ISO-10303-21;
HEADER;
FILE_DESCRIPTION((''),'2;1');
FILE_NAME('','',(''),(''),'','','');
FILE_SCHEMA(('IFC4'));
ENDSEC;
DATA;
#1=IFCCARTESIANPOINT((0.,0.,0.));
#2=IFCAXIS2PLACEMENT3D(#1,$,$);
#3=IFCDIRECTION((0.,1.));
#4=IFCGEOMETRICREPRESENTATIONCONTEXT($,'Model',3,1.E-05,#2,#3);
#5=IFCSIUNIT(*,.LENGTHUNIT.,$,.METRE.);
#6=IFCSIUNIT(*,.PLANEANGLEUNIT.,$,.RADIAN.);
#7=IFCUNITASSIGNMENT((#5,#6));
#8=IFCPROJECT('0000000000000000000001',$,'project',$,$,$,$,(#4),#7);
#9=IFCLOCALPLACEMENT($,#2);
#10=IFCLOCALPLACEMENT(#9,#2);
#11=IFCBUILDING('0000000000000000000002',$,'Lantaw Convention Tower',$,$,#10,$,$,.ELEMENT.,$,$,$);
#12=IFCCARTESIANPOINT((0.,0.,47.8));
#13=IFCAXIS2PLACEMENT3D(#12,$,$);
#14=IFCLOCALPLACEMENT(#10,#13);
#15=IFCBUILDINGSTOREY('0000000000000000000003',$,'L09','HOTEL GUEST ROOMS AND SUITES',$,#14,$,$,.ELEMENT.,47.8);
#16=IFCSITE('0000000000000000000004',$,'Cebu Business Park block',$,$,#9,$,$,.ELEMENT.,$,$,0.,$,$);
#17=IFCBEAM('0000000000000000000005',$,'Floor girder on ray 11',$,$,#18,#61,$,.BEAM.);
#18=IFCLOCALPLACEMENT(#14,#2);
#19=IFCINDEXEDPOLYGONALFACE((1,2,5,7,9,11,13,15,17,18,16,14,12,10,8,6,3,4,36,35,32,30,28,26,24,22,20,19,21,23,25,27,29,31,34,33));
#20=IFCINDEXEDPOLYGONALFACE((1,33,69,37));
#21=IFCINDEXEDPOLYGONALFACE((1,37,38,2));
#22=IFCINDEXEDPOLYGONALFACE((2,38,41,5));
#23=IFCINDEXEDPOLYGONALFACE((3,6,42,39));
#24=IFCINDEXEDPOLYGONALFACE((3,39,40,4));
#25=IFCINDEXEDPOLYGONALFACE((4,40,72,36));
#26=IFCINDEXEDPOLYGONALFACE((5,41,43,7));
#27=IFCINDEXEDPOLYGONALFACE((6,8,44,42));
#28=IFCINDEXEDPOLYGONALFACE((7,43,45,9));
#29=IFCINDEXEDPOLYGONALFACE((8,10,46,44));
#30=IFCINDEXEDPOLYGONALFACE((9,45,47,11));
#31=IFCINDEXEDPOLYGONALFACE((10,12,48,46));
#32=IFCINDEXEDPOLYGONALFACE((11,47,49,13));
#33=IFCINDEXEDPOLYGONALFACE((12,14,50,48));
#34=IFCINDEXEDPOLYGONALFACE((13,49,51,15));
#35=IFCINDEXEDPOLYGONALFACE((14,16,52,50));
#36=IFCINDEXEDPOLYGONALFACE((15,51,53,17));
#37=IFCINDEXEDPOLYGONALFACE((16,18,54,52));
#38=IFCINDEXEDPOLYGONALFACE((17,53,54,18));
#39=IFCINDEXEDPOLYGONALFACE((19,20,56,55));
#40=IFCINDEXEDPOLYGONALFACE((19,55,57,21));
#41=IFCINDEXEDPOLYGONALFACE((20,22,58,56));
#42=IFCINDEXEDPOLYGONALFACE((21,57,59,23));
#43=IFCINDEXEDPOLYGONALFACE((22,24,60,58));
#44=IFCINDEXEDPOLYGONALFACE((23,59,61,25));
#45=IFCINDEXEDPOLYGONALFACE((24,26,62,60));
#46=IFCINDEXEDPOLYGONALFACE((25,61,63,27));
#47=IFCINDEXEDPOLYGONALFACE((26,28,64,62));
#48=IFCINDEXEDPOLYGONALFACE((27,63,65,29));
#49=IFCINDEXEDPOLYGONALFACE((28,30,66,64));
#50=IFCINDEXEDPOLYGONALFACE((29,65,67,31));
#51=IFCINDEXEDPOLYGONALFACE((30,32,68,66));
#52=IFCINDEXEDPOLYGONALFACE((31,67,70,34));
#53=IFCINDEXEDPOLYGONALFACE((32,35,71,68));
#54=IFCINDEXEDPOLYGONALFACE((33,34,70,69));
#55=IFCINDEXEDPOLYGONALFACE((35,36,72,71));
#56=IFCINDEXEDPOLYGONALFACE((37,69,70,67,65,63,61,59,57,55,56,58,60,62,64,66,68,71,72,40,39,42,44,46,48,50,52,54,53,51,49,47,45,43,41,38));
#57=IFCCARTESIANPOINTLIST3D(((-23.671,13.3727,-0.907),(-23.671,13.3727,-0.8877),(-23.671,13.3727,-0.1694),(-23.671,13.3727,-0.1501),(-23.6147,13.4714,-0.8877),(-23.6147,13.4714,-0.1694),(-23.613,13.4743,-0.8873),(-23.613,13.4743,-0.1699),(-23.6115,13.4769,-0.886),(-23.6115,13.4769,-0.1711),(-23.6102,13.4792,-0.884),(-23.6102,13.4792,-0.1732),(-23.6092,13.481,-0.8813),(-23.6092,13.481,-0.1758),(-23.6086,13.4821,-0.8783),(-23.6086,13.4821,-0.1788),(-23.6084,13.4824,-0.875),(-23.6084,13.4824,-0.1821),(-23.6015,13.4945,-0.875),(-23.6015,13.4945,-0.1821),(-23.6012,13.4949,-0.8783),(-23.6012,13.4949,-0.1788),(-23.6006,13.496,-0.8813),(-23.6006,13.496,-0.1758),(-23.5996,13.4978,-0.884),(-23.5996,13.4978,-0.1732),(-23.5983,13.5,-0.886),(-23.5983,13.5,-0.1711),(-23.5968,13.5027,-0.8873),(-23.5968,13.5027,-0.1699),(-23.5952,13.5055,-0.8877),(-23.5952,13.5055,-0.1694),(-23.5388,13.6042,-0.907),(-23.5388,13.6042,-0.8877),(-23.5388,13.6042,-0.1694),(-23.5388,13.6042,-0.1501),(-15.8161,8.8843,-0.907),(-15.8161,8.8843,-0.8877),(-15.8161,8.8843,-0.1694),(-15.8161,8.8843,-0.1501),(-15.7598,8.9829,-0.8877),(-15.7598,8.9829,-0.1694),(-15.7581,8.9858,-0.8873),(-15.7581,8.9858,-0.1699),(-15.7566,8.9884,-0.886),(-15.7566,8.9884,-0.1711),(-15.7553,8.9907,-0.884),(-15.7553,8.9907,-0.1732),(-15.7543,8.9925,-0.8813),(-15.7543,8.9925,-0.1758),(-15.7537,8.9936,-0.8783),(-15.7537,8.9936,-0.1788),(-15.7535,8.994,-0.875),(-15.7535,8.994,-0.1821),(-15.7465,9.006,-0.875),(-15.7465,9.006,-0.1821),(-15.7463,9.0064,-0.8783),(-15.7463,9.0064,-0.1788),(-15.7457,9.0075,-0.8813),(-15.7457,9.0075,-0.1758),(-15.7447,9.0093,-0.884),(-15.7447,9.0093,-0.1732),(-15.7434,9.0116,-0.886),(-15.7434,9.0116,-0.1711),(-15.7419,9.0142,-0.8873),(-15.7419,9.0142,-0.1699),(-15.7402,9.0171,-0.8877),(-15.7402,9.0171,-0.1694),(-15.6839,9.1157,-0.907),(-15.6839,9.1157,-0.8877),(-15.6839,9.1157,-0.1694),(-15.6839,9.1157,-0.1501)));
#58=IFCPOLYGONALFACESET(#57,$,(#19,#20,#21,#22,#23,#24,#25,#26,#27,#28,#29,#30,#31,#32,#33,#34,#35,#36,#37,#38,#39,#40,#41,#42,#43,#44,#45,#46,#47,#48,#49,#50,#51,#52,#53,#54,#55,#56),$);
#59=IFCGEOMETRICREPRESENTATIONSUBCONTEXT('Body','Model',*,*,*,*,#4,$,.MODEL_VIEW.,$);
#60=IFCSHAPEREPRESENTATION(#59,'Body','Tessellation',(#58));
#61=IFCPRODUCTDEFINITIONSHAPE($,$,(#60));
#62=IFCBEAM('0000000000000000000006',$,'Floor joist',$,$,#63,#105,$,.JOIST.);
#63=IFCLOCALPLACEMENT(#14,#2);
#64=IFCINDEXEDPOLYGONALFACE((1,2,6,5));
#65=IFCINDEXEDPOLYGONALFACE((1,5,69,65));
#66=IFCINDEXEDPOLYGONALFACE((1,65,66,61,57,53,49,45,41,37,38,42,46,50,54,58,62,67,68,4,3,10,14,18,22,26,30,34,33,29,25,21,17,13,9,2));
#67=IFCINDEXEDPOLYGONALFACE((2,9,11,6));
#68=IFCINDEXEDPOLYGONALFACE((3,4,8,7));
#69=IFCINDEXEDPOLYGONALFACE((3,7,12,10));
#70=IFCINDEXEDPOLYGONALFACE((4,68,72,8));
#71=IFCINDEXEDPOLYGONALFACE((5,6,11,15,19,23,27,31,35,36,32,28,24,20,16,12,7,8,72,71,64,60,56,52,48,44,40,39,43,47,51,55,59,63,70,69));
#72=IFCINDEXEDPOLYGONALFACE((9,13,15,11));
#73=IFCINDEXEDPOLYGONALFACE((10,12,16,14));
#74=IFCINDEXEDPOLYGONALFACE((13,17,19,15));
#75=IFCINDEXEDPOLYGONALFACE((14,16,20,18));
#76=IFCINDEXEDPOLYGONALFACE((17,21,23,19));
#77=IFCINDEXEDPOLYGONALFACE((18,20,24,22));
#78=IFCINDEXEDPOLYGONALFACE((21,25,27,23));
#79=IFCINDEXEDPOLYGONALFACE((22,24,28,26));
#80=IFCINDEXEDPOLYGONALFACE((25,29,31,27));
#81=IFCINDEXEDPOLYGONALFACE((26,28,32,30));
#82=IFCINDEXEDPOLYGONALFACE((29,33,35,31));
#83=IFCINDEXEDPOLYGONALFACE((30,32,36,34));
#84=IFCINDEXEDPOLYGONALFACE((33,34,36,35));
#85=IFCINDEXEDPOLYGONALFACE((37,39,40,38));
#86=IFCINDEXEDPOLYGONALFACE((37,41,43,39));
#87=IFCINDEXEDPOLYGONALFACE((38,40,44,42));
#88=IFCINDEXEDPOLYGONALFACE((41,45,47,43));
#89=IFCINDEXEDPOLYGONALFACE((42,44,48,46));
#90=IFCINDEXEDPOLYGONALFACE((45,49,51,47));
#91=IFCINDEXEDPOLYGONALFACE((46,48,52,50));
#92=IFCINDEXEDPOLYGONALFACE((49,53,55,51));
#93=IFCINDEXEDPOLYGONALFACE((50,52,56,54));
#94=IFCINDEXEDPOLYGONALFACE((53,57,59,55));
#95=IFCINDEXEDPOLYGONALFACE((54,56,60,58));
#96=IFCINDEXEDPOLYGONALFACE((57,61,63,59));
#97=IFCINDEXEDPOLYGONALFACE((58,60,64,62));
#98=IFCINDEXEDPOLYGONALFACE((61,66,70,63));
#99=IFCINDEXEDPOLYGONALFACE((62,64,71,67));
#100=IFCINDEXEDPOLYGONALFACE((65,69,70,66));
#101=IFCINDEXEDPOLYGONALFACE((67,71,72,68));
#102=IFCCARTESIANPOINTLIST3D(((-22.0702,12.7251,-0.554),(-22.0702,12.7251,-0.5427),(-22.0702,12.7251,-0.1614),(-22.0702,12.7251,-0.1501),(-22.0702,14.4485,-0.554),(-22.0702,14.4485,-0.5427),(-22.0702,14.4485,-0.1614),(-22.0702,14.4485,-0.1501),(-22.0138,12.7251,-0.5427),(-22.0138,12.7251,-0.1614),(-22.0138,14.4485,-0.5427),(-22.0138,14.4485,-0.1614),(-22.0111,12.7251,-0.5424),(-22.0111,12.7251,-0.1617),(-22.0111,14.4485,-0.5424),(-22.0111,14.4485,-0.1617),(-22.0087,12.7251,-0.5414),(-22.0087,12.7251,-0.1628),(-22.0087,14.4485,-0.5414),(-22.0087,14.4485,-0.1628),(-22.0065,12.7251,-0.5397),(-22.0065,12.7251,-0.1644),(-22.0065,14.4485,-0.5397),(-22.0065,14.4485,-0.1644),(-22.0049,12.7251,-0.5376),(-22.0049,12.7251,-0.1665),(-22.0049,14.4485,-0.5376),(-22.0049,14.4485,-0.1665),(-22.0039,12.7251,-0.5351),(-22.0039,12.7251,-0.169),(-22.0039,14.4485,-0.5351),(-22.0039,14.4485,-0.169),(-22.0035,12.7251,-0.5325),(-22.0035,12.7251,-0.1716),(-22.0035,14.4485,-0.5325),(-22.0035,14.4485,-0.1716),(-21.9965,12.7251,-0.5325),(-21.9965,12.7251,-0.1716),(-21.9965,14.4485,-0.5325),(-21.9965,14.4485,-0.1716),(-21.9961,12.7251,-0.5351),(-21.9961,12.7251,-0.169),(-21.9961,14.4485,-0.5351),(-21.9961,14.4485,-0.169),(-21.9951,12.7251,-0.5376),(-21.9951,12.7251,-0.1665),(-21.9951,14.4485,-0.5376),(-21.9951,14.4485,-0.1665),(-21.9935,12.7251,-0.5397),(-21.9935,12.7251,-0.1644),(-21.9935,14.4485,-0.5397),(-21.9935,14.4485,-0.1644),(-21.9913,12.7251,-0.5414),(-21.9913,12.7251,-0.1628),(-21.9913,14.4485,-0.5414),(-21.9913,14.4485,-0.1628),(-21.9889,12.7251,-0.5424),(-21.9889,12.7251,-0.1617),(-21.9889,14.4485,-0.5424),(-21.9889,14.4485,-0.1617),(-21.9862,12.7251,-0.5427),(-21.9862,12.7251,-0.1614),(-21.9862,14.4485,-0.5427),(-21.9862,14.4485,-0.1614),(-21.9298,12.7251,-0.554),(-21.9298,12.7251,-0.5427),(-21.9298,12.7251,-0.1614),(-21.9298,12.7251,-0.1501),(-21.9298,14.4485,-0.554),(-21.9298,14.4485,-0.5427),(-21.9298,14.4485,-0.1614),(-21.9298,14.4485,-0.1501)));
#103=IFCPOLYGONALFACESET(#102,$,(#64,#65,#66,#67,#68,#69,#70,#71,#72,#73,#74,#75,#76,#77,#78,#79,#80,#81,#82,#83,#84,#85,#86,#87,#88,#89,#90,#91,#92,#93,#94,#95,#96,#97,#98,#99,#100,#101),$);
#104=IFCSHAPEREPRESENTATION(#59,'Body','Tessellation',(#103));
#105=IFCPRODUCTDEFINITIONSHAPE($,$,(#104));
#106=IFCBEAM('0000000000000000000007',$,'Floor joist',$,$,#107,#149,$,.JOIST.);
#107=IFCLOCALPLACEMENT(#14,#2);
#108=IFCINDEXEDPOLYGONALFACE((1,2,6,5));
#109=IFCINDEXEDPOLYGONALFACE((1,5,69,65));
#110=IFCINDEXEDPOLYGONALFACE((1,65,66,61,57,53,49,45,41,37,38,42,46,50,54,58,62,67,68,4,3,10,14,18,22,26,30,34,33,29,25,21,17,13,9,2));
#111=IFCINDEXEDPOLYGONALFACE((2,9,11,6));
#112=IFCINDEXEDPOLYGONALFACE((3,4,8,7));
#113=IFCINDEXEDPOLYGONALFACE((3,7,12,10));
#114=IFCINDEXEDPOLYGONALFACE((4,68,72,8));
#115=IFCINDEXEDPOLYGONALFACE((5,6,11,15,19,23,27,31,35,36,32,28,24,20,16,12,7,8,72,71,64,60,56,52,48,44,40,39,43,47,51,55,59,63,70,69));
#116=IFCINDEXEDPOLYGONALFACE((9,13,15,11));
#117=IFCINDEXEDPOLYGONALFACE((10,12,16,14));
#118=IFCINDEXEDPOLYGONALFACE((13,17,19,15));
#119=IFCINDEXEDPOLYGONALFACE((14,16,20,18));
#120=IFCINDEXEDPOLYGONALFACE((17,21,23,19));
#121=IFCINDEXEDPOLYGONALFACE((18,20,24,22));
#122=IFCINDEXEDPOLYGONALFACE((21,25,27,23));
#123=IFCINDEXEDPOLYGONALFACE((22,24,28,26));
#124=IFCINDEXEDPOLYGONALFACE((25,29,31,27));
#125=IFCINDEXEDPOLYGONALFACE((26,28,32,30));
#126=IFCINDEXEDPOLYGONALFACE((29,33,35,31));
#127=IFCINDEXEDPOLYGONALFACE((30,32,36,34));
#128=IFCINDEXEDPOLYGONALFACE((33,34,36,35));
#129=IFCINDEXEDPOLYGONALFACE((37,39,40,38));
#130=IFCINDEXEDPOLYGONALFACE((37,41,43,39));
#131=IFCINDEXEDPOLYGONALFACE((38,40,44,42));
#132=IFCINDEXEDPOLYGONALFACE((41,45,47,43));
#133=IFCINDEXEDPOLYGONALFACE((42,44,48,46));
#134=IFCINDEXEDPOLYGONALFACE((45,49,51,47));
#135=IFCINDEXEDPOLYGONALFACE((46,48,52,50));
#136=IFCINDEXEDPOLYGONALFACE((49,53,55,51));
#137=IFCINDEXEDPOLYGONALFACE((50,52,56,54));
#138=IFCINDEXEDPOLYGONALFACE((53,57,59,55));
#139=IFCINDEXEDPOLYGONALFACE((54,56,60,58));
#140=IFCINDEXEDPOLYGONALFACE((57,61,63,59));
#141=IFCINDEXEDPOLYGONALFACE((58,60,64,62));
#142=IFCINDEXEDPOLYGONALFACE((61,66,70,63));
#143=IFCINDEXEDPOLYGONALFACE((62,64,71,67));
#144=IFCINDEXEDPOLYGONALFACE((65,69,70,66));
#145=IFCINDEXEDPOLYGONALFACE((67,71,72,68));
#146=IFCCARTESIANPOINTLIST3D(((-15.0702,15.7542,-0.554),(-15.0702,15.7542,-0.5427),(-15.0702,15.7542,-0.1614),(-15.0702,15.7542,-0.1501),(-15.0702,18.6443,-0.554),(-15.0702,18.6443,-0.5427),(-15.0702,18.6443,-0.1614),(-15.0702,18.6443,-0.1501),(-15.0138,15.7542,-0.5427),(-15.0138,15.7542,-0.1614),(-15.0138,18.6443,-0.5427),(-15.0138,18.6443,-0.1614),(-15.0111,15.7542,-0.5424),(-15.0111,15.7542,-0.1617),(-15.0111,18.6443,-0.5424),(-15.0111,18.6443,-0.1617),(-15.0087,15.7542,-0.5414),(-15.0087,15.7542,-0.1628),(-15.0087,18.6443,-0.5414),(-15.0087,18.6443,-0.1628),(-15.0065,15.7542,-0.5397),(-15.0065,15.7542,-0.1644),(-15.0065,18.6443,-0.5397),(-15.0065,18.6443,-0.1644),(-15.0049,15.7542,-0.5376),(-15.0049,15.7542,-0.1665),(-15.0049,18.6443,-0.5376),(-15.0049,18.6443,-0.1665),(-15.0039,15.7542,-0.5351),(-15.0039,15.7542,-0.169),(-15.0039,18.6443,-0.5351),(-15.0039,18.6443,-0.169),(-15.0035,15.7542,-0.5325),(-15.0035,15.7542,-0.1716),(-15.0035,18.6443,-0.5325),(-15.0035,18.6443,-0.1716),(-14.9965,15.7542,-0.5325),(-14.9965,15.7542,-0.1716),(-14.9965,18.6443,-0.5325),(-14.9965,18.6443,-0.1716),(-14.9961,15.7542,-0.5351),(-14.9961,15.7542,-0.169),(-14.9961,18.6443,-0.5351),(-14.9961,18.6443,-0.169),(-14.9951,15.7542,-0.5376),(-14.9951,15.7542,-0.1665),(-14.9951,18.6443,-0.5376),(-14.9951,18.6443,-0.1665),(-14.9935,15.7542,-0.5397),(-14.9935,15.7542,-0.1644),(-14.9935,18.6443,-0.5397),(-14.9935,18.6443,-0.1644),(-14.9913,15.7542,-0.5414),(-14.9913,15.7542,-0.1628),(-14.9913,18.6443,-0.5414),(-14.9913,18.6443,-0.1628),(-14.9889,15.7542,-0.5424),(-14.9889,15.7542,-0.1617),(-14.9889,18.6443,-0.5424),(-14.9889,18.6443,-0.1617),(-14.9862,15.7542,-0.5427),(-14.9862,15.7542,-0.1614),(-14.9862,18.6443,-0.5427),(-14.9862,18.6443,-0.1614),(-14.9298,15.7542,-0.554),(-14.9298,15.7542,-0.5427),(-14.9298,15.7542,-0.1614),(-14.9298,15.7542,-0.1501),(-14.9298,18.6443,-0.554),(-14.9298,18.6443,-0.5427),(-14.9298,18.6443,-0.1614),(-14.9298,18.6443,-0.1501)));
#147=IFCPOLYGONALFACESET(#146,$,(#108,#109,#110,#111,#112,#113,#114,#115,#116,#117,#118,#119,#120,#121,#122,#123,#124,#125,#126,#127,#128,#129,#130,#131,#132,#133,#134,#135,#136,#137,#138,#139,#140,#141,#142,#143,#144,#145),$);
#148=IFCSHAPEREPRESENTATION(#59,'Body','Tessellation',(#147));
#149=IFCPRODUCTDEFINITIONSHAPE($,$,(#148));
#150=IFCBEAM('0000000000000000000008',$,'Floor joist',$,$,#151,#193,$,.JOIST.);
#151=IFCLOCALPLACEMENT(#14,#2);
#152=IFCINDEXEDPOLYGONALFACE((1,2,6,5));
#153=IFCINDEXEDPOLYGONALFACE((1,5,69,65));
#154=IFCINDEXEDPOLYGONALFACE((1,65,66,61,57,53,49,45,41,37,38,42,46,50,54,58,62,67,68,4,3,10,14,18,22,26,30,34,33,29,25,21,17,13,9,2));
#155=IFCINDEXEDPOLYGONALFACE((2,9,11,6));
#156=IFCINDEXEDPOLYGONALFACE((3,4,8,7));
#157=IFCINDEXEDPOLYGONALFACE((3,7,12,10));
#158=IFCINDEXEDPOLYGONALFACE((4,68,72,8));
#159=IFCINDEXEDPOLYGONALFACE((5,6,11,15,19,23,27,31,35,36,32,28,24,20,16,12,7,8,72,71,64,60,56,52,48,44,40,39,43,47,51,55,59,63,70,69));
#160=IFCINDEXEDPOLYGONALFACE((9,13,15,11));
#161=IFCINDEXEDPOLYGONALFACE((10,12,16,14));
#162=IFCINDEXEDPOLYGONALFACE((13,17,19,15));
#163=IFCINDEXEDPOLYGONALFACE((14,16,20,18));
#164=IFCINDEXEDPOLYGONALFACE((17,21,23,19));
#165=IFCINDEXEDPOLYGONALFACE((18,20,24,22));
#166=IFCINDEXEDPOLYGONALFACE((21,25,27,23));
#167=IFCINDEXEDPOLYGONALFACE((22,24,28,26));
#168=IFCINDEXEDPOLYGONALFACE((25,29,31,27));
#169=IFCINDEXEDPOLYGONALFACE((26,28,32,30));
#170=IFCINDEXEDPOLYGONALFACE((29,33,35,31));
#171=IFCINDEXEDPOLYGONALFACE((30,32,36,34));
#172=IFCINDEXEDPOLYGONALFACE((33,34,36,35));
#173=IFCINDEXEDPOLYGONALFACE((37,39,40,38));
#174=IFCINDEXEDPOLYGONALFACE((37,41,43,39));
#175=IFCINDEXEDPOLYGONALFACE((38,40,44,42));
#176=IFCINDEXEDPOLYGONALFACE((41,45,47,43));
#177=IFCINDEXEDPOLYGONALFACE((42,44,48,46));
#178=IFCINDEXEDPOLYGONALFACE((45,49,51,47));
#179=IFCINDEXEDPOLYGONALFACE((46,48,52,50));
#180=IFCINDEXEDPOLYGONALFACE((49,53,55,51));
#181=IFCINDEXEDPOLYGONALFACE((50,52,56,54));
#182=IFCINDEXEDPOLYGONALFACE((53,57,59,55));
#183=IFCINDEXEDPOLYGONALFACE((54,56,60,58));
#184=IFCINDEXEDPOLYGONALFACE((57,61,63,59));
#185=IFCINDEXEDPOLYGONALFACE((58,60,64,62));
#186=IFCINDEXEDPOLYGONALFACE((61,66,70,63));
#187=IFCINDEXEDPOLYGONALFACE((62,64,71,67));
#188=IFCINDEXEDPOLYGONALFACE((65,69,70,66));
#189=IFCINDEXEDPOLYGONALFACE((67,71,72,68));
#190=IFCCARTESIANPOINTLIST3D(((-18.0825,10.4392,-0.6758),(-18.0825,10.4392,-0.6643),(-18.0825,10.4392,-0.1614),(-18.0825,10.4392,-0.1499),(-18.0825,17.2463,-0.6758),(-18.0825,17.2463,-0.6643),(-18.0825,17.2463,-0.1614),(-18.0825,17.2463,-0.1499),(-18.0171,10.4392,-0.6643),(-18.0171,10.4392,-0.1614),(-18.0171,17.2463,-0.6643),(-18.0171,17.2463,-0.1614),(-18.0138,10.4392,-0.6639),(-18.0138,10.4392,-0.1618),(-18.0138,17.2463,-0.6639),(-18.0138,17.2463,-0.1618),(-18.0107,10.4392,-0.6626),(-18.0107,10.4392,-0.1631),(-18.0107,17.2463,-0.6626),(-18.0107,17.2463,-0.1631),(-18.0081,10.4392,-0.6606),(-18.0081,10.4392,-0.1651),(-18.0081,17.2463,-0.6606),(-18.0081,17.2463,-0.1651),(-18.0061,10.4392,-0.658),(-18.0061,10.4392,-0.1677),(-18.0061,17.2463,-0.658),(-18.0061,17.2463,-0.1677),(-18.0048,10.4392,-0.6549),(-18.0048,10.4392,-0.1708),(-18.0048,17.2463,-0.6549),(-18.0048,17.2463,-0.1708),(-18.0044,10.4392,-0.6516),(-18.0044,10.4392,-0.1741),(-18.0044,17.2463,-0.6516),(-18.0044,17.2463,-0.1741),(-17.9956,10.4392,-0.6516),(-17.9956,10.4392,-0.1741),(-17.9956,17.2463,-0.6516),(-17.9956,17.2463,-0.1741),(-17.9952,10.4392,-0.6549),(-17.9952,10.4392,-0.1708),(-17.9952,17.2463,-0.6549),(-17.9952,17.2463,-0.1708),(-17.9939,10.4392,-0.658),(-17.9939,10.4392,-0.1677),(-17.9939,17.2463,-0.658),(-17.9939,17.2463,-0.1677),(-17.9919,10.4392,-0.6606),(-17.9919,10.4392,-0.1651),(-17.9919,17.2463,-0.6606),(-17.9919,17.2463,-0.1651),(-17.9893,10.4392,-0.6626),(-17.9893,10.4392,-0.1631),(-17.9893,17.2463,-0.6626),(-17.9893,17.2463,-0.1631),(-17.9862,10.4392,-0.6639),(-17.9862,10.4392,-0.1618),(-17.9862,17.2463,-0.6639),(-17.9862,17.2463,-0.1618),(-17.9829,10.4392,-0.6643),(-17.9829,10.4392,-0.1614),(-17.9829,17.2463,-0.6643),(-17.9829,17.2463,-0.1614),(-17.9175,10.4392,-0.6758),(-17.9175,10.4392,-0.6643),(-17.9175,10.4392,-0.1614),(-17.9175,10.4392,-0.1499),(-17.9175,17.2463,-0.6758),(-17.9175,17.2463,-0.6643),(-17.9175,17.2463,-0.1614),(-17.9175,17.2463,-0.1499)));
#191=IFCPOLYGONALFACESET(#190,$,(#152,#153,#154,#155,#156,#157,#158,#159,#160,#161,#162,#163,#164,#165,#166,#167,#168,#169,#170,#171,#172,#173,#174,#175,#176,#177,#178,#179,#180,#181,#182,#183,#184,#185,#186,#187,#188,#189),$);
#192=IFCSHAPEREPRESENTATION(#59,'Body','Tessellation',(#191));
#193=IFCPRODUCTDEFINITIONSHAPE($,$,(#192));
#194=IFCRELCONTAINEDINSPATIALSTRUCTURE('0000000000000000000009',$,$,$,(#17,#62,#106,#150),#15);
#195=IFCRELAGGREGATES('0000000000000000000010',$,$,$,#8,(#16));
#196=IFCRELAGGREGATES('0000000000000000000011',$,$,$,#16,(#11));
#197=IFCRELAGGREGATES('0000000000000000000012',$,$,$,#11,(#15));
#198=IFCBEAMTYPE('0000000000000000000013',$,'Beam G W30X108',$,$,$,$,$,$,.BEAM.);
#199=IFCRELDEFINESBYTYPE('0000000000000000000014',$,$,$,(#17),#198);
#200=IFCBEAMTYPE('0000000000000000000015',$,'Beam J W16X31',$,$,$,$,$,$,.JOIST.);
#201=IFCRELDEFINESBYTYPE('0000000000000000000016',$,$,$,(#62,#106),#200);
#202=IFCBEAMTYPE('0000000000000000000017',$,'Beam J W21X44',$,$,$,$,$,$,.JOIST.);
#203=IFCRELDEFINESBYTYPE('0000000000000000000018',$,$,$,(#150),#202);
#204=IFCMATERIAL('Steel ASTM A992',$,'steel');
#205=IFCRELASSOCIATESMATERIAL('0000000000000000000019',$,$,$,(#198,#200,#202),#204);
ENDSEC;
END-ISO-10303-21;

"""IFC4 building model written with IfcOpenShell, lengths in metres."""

from ifc_helpers import new_model, si_unit, direction, frame, origin, origin_2d, place, context, subcontext, project, spatial, i_section, extrude, material, material_profile, profile_set, type_object, element, save


model = new_model("IFC4")

# Units and contexts
model_context = context("Model", 3, precision=1e-05, world=origin(), true_north=direction((0.0, 1.0)))
body_context = subcontext(model_context, "Body", "Model", "MODEL_VIEW")
ifc_project = project(units=[si_unit("LENGTHUNIT", "METRE"), si_unit("PLANEANGLEUNIT", "RADIAN")], contexts=[model_context])

# Site, building, storey
site_placement = place(None, origin())
site = spatial("IfcSite", under=ifc_project, at=site_placement, Name="Cebu Business Park block", CompositionType="ELEMENT", RefElevation=0.0)
building_placement = place(site_placement, origin())
building = spatial("IfcBuilding", under=site, at=building_placement, Name="Lantaw Convention Tower", CompositionType="ELEMENT")
storey_placement = place(building_placement, frame((0.0, 0.0, 47.8)))
storey = spatial("IfcBuildingStorey", under=building, at=storey_placement, Name="L09", Description="HOTEL GUEST ROOMS AND SUITES", CompositionType="ELEMENT", Elevation=47.8)

# Beams
ifc_material_1 = material(Name="Steel ASTM A992", Category="steel")
ifc_material_profile_1 = material_profile(ifc_material_1, i_section(OverallWidth=0.2666, OverallDepth=0.7568, WebThickness=0.0139, FlangeThickness=0.0193, FilletRadius=0.0127, at=origin_2d()), Name="W30X108")
ifc_profile_set_1 = profile_set([ifc_material_profile_1], Name="Steel ASTM A992")
beam_type_1 = type_object("IfcBeamType", Name="Beam G W30X108", PredefinedType="BEAM", material=ifc_profile_set_1)
beam_1_placement = place(storey_placement, frame((-15.75, 9.0, -0.5286), z_axis=(-0.868245, 0.496136, 0.0), x_axis=(-0.496136, -0.868245, 0.0)))
element("IfcBeam", 1, at=beam_1_placement, inside=storey, type_object=beam_type_1, Name="Floor girder on ray 11", PredefinedType="BEAM", context=body_context, shape_type="SweptSolid", body=[
    extrude(i_section(OverallWidth=0.2666, OverallDepth=0.7568, WebThickness=0.0139, FlangeThickness=0.0193, FilletRadius=0.0127, at=origin_2d()), origin(), (0.0, 0.0, 1.0), 9.0469),
])
ifc_material_profile_2 = material_profile(ifc_material_1, i_section(OverallWidth=0.1404, OverallDepth=0.4038, WebThickness=0.0071, FlangeThickness=0.0112, FilletRadius=0.0103, at=origin_2d()), Name="W16X31")
ifc_profile_set_2 = profile_set([ifc_material_profile_2], Name="Steel ASTM A992")
beam_type_2 = type_object("IfcBeamType", Name="Beam J W16X31", PredefinedType="JOIST", material=ifc_profile_set_2)
beam_2_placement = place(storey_placement, frame((-22.0, 12.7251, -0.3521), z_axis=(0.0, 1.0, 0.0), x_axis=(-1.0, 0.0, 0.0)))
element("IfcBeam", 2, at=beam_2_placement, inside=storey, type_object=beam_type_2, Name="Floor joist", PredefinedType="JOIST", context=body_context, shape_type="SweptSolid", body=[
    extrude(i_section(OverallWidth=0.1404, OverallDepth=0.4038, WebThickness=0.0071, FlangeThickness=0.0112, FilletRadius=0.0103, at=origin_2d()), origin(), (0.0, 0.0, 1.0), 1.7234),
])
beam_3_placement = place(storey_placement, frame((-15.0, 15.7542, -0.3521), z_axis=(0.0, 1.0, 0.0), x_axis=(-1.0, 0.0, 0.0)))
element("IfcBeam", 3, at=beam_3_placement, inside=storey, type_object=beam_type_2, Name="Floor joist", PredefinedType="JOIST", context=body_context, shape_type="SweptSolid", body=[
    extrude(i_section(OverallWidth=0.1404, OverallDepth=0.4038, WebThickness=0.0071, FlangeThickness=0.0112, FilletRadius=0.0103, at=origin_2d()), origin(), (0.0, 0.0, 1.0), 2.8901),
])
ifc_material_profile_3 = material_profile(ifc_material_1, i_section(OverallWidth=0.165, OverallDepth=0.5259, WebThickness=0.0088, FlangeThickness=0.0115, FilletRadius=0.0127, at=origin_2d()), Name="W21X44")
ifc_profile_set_3 = profile_set([ifc_material_profile_3], Name="Steel ASTM A992")
beam_type_3 = type_object("IfcBeamType", Name="Beam J W21X44", PredefinedType="JOIST", material=ifc_profile_set_3)
beam_4_placement = place(storey_placement, frame((-18.0, 10.4392, -0.4128), z_axis=(0.0, 1.0, 0.0), x_axis=(-1.0, 0.0, 0.0)))
element("IfcBeam", 4, at=beam_4_placement, inside=storey, type_object=beam_type_3, Name="Floor joist", PredefinedType="JOIST", context=body_context, shape_type="SweptSolid", body=[
    extrude(i_section(OverallWidth=0.165, OverallDepth=0.5259, WebThickness=0.0088, FlangeThickness=0.0115, FilletRadius=0.0127, at=origin_2d()), origin(), (0.0, 0.0, 1.0), 6.8071),
])

save(model, "model.ifc")
